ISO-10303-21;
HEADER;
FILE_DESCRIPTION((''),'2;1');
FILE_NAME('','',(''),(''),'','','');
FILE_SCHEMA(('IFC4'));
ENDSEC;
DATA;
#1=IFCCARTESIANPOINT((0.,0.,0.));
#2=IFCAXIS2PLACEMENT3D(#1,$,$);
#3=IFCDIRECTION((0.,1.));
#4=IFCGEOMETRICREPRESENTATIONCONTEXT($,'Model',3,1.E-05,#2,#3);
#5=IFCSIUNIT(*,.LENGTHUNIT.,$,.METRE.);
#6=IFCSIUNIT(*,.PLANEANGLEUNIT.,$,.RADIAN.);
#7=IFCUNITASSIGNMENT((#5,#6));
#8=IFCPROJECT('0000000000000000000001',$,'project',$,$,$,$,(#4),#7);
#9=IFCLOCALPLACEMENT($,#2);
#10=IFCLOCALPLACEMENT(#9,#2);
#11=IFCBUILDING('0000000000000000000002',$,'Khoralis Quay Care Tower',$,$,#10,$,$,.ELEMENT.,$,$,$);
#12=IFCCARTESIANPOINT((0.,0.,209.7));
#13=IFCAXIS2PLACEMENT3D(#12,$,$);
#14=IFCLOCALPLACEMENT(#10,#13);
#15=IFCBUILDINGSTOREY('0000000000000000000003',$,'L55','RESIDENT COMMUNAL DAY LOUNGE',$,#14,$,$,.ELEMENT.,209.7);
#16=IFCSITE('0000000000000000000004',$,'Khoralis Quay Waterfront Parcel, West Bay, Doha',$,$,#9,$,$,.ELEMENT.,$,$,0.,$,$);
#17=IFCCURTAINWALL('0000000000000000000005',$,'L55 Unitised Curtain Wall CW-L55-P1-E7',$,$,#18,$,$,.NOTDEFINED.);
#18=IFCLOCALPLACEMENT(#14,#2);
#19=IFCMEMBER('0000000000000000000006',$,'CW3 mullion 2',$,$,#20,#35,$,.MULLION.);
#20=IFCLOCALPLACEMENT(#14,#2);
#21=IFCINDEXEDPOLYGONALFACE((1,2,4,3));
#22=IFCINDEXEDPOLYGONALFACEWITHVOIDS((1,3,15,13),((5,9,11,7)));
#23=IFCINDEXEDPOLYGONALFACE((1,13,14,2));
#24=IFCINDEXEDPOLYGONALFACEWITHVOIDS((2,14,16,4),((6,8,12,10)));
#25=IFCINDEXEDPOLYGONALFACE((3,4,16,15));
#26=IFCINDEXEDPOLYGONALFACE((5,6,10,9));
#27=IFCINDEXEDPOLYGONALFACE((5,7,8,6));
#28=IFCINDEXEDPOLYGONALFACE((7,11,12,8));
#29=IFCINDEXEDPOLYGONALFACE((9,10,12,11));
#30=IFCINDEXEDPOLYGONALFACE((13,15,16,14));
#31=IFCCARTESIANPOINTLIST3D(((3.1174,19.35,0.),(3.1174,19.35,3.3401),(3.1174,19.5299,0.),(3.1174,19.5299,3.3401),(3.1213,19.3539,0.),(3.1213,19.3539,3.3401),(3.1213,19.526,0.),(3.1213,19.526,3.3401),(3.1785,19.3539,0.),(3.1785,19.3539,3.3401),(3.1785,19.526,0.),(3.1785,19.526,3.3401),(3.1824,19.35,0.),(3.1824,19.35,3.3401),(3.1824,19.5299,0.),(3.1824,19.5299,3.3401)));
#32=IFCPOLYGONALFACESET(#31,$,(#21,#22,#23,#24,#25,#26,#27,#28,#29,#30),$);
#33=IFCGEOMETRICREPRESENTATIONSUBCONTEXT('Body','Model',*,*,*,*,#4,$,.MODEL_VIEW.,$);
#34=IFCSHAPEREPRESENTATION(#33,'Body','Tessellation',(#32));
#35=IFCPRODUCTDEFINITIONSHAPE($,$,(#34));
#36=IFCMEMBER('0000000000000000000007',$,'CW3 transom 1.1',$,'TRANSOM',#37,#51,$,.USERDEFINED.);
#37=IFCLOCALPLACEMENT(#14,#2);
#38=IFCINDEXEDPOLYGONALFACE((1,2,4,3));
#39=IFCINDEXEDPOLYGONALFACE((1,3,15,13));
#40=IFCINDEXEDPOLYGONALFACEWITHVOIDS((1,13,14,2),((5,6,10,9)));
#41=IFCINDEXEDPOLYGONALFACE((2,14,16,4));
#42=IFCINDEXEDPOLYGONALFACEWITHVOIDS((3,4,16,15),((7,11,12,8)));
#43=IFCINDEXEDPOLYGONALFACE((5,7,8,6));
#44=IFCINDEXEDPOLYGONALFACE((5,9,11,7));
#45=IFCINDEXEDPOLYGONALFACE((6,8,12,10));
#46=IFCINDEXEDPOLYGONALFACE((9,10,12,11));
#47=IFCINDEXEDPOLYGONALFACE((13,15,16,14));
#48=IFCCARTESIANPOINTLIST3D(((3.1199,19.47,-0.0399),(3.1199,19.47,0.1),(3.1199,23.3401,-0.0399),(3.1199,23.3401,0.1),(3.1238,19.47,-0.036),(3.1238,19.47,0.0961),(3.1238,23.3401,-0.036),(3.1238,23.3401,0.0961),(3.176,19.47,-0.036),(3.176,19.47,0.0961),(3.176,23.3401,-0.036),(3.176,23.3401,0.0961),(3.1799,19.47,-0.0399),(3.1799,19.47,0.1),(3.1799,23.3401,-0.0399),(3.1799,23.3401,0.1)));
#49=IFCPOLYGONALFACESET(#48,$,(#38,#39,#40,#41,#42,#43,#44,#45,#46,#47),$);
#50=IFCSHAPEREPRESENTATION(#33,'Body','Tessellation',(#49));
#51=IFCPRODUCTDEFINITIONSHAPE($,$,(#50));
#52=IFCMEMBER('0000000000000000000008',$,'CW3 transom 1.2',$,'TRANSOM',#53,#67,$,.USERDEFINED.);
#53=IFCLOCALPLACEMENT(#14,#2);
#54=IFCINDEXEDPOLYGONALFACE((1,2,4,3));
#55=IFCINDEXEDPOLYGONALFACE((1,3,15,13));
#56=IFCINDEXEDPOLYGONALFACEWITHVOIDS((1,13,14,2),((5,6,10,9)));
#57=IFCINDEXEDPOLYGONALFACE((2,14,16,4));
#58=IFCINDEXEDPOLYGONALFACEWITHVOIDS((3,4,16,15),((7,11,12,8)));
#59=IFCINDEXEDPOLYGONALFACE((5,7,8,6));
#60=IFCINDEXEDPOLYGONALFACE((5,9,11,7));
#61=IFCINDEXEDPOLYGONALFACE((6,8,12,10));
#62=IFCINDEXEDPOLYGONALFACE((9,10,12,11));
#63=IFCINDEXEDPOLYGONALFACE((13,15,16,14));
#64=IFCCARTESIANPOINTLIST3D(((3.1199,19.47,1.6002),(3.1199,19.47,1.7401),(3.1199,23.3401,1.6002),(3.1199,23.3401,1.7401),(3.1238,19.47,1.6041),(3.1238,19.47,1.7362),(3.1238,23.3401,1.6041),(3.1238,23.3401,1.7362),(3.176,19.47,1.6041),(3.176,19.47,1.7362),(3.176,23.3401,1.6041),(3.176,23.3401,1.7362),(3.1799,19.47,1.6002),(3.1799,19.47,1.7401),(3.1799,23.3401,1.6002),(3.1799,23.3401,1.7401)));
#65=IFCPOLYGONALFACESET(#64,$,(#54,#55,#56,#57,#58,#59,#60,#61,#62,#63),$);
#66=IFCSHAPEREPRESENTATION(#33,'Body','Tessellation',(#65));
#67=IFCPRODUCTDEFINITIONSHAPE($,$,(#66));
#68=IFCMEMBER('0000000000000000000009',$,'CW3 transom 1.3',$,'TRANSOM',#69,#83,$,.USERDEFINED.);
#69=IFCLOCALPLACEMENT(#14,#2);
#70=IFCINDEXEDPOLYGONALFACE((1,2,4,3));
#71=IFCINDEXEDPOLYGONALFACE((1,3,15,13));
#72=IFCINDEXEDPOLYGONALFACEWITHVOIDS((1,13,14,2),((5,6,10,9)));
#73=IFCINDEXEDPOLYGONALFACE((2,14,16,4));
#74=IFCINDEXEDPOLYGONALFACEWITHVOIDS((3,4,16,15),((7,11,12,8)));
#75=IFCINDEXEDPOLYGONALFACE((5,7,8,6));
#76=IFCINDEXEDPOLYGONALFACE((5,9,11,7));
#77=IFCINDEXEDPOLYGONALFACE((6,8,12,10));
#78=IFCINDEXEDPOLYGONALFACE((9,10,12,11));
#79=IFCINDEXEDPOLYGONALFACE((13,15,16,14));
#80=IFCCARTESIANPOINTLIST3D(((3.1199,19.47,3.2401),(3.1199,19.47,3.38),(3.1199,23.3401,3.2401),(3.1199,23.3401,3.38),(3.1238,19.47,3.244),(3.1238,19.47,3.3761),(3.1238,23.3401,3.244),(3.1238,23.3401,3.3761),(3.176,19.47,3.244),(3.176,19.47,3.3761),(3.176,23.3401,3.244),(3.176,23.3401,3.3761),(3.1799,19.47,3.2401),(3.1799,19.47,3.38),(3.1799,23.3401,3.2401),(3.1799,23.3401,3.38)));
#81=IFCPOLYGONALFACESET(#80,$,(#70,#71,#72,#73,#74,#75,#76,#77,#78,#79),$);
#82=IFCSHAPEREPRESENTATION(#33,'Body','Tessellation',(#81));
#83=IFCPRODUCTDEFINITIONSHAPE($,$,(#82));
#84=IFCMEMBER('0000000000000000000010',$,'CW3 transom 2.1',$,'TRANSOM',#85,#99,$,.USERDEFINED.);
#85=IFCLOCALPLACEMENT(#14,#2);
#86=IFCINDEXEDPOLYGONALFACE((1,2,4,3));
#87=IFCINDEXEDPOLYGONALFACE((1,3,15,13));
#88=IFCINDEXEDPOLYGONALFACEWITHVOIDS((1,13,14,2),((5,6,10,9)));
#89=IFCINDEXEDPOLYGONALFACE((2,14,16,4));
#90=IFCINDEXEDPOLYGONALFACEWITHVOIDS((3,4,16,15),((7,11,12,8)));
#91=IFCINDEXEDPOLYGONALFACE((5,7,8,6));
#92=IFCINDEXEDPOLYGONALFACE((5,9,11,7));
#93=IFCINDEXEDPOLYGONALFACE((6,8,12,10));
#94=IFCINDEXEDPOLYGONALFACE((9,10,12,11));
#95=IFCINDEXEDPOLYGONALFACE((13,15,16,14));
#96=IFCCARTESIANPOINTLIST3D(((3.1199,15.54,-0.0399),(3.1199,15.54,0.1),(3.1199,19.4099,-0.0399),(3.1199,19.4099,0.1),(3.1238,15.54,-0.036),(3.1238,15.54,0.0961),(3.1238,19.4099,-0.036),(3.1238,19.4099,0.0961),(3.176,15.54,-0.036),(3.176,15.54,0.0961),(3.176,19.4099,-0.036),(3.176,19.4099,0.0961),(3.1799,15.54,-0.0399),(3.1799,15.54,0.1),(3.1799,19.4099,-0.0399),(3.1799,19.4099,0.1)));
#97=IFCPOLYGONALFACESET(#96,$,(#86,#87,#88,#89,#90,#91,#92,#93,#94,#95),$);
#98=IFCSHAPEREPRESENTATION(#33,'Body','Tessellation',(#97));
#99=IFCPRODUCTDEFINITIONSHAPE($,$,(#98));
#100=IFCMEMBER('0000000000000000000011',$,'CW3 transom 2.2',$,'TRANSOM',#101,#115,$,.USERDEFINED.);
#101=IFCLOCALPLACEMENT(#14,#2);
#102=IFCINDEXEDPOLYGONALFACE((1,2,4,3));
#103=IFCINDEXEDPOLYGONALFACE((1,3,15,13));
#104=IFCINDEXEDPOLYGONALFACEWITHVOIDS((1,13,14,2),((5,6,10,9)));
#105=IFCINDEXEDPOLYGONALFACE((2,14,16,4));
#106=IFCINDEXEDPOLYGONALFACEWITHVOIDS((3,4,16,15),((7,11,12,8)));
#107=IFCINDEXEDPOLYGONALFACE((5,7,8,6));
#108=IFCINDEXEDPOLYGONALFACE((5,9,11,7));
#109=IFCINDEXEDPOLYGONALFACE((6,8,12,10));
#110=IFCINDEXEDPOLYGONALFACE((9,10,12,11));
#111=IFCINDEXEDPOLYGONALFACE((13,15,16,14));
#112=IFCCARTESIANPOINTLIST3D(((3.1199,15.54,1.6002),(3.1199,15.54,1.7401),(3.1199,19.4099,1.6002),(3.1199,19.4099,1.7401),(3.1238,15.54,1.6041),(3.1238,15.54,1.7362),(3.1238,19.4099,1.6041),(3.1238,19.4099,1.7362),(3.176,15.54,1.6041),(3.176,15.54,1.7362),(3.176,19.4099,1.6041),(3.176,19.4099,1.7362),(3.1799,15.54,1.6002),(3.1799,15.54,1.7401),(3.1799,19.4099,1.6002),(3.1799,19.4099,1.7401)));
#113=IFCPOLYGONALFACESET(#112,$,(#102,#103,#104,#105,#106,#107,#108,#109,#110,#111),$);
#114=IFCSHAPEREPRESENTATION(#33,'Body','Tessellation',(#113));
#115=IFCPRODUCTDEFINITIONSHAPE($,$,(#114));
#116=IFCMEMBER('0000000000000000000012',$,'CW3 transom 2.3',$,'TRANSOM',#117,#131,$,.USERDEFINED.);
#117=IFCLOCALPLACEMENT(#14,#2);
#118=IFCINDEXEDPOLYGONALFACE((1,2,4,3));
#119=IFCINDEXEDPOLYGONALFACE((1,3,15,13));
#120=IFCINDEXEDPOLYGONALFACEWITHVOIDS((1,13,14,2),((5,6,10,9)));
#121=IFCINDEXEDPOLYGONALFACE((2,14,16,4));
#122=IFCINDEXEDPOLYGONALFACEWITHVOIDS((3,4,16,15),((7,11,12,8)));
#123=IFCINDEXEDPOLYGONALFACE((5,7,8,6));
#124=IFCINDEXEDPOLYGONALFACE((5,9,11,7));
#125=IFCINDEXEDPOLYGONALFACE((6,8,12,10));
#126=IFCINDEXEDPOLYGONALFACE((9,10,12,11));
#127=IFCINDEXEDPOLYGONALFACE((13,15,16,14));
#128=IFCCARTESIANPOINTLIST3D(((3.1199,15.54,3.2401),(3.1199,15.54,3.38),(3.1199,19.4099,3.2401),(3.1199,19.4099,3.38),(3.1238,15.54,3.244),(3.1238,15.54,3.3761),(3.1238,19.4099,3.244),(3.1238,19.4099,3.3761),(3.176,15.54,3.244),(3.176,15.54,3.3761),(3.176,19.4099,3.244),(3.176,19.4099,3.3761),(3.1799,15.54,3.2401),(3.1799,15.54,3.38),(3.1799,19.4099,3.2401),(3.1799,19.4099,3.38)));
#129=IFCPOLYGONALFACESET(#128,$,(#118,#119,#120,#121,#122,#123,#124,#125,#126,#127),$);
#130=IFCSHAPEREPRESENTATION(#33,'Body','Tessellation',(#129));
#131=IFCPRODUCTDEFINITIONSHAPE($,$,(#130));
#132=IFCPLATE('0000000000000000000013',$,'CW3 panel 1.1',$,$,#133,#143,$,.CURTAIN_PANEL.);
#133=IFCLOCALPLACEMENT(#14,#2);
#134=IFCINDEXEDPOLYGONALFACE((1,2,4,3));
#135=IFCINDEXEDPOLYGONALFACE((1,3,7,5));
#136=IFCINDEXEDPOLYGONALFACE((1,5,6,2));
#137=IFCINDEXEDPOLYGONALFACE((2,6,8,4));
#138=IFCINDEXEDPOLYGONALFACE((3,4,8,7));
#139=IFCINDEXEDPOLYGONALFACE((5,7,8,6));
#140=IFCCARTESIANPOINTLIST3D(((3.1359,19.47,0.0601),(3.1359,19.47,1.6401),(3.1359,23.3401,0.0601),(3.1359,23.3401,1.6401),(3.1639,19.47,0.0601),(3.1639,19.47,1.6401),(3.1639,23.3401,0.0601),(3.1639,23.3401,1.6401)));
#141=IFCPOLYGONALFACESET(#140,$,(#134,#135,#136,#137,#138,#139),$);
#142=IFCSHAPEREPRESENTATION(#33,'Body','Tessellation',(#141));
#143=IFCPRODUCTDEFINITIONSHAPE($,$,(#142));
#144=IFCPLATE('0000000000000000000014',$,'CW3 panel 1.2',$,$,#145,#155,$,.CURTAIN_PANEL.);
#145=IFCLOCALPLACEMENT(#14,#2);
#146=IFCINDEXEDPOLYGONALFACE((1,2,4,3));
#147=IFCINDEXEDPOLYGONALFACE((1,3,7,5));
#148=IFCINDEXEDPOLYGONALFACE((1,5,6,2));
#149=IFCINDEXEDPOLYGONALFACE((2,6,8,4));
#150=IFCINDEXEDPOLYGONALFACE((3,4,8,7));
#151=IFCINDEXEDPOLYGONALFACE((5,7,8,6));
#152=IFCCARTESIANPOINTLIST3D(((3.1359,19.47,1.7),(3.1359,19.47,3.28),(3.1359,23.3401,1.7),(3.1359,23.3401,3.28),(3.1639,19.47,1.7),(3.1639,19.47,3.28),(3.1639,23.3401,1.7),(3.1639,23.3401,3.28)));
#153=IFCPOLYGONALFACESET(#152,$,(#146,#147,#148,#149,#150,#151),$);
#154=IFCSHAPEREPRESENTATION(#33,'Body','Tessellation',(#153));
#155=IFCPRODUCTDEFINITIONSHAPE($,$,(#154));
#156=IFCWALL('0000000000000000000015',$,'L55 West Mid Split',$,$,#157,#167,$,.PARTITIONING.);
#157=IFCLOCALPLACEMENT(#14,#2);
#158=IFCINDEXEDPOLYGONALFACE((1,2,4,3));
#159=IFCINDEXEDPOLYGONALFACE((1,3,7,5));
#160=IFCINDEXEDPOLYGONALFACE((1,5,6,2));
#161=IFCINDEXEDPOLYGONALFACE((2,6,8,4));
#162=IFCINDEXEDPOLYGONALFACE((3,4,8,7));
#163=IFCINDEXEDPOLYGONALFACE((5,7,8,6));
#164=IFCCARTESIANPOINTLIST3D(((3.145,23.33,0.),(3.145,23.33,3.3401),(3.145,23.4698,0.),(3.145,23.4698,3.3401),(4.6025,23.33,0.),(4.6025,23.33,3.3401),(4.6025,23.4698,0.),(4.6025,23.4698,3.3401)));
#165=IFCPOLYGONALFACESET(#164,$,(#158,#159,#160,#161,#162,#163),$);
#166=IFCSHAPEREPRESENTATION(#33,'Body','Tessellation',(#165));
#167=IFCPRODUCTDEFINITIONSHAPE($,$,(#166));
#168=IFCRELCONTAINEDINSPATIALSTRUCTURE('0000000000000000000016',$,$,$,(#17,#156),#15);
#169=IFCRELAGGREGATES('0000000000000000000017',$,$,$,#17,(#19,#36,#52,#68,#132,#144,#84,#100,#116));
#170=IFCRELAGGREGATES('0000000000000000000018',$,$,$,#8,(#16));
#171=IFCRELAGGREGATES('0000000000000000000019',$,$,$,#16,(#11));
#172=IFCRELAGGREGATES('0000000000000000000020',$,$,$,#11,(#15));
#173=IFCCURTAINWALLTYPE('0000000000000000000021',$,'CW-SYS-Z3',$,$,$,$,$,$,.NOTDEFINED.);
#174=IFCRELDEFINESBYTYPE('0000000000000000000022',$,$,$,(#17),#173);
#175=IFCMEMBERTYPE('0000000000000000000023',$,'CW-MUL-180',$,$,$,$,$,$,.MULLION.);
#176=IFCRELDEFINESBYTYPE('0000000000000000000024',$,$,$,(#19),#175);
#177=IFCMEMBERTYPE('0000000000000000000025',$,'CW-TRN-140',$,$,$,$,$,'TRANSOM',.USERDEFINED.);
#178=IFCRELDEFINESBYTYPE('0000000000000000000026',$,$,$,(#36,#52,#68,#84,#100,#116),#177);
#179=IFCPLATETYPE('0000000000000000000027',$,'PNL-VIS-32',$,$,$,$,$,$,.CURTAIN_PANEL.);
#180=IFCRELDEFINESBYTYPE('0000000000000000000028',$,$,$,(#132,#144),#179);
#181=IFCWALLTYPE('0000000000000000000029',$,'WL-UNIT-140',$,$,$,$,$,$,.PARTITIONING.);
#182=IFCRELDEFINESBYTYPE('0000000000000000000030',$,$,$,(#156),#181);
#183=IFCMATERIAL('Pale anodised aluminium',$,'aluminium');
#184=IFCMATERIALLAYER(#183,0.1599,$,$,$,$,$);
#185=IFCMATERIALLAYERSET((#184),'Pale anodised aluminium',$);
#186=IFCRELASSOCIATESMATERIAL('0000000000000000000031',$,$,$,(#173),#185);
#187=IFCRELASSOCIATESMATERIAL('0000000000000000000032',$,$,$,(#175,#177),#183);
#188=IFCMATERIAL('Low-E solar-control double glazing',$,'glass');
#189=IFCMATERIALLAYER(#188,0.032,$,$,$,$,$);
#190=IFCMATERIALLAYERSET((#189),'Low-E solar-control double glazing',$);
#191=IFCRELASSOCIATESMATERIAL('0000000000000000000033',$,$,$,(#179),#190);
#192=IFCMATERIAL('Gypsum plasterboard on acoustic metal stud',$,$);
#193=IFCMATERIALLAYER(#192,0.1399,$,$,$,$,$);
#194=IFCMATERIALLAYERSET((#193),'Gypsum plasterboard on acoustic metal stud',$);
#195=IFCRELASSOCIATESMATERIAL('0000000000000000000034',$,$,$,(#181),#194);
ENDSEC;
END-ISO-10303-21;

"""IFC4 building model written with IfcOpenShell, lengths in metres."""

from ifc_helpers import new_model, si_unit, direction, frame, frame_2d, origin, origin_2d, place, context, subcontext, project, spatial, rectangle, hollow_rectangle, extrude, source, transform, mapped, material, layer, layer_set, material_profile, profile_set, type_object, element, aggregate, save


model = new_model("IFC4")

# Units and contexts
model_context = context("Model", 3, precision=1e-05, world=origin(), true_north=direction((0.0, 1.0)))
body_context = subcontext(model_context, "Body", "Model", "MODEL_VIEW")
ifc_project = project(units=[si_unit("LENGTHUNIT", "METRE"), si_unit("PLANEANGLEUNIT", "RADIAN")], contexts=[model_context])

# Site, building, storey
site_placement = place(None, origin())
site = spatial("IfcSite", under=ifc_project, at=site_placement, Name="Khoralis Quay Waterfront Parcel, West Bay, Doha", CompositionType="ELEMENT", RefElevation=0.0)
building_placement = place(site_placement, origin())
building = spatial("IfcBuilding", under=site, at=building_placement, Name="Khoralis Quay Care Tower", CompositionType="ELEMENT")
storey_placement = place(building_placement, frame((0.0, 0.0, 209.7)))
storey = spatial("IfcBuildingStorey", under=building, at=storey_placement, Name="L55", Description="RESIDENT COMMUNAL DAY LOUNGE", CompositionType="ELEMENT", Elevation=209.7)

# Curtain wall, members, plates
ifc_material_1 = material(Name="Pale anodised aluminium", Category="aluminium")
ifc_layer_1 = layer(ifc_material_1, 0.1599)
ifc_layer_set_1 = layer_set([ifc_layer_1], Name="Pale anodised aluminium")
curtain_wall_type = type_object("IfcCurtainWallType", Name="CW-SYS-Z3", PredefinedType="NOTDEFINED", material=ifc_layer_set_1)
curtain_wall_placement = place(storey_placement, origin())
curtain_wall = element("IfcCurtainWall", 1, at=curtain_wall_placement, inside=storey, type_object=curtain_wall_type, Name="L55 Unitised Curtain Wall CW-L55-P1-E7", PredefinedType="NOTDEFINED")
ifc_material_profile_1 = material_profile(ifc_material_1, hollow_rectangle(XDim=0.0649, YDim=0.1799, WallThickness=0.0039, at=origin_2d()), Name="Pale anodised aluminium")
ifc_profile_set_1 = profile_set([ifc_material_profile_1], Name="Pale anodised aluminium")
member_type_1 = type_object("IfcMemberType", Name="CW-MUL-180", PredefinedType="MULLION", material=ifc_profile_set_1)
shared_shape_1 = source(origin(), body_context, "Body", "SweptSolid", [
    extrude(hollow_rectangle(XDim=0.0649, YDim=0.1799, WallThickness=0.0039, at=origin_2d()), origin(), (0.0, 0.0, 1.0), 3.3401),
])
member_1_placement = place(storey_placement, frame((3.1499, 19.4399, 0.0), z_axis=(0.0, 0.0, 1.0), x_axis=(1.0, 0.0, 0.0)))
member_1 = element("IfcMember", 2, at=member_1_placement, type_object=member_type_1, Name="CW3 mullion 2", PredefinedType="MULLION", context=body_context, shape_type="MappedRepresentation", body=[
    mapped(shared_shape_1, transform((0.0, 0.0, 0.0), scale=1.0)),
])
ifc_material_profile_2 = material_profile(ifc_material_1, hollow_rectangle(XDim=0.0601, YDim=0.1399, WallThickness=0.0039, at=origin_2d()), Name="Pale anodised aluminium")
ifc_profile_set_2 = profile_set([ifc_material_profile_2], Name="Pale anodised aluminium")
member_type_2 = type_object("IfcMemberType", Name="CW-TRN-140", ElementType="TRANSOM", PredefinedType="USERDEFINED", material=ifc_profile_set_2)
shared_shape_2 = source(origin(), body_context, "Body", "SweptSolid", [
    extrude(hollow_rectangle(XDim=0.0601, YDim=0.1399, WallThickness=0.0039, at=origin_2d()), origin(), (0.0, 0.0, 1.0), 3.8701),
])
member_2_placement = place(storey_placement, frame((3.1499, 23.3401, 0.03), z_axis=(0.0, -1.0, 0.0), x_axis=(1.0, 0.0, 0.0)))
member_2 = element("IfcMember", 3, at=member_2_placement, type_object=member_type_2, Name="CW3 transom 1.1", ObjectType="TRANSOM", PredefinedType="USERDEFINED", context=body_context, shape_type="MappedRepresentation", body=[
    mapped(shared_shape_2, transform((0.0, 0.0, 0.0), scale=1.0)),
])
member_3_placement = place(storey_placement, frame((3.1499, 23.3401, 1.6702), z_axis=(0.0, -1.0, 0.0), x_axis=(1.0, 0.0, 0.0)))
member_3 = element("IfcMember", 4, at=member_3_placement, type_object=member_type_2, Name="CW3 transom 1.2", ObjectType="TRANSOM", PredefinedType="USERDEFINED", context=body_context, shape_type="MappedRepresentation", body=[
    mapped(shared_shape_2, transform((0.0, 0.0, 0.0), scale=1.0)),
])
member_4_placement = place(storey_placement, frame((3.1499, 23.3401, 3.3101), z_axis=(0.0, -1.0, 0.0), x_axis=(1.0, 0.0, 0.0)))
member_4 = element("IfcMember", 5, at=member_4_placement, type_object=member_type_2, Name="CW3 transom 1.3", ObjectType="TRANSOM", PredefinedType="USERDEFINED", context=body_context, shape_type="MappedRepresentation", body=[
    mapped(shared_shape_2, transform((0.0, 0.0, 0.0), scale=1.0)),
])
shared_shape_3 = source(origin(), body_context, "Body", "SweptSolid", [
    extrude(hollow_rectangle(XDim=0.0601, YDim=0.1399, WallThickness=0.0039, at=origin_2d()), origin(), (0.0, 0.0, 1.0), 3.8699),
])
member_5_placement = place(storey_placement, frame((3.1499, 19.4099, 0.03), z_axis=(0.0, -1.0, 0.0), x_axis=(1.0, 0.0, 0.0)))
member_5 = element("IfcMember", 6, at=member_5_placement, type_object=member_type_2, Name="CW3 transom 2.1", ObjectType="TRANSOM", PredefinedType="USERDEFINED", context=body_context, shape_type="MappedRepresentation", body=[
    mapped(shared_shape_3, transform((0.0, 0.0, 0.0), scale=1.0)),
])
member_6_placement = place(storey_placement, frame((3.1499, 19.4099, 1.6702), z_axis=(0.0, -1.0, 0.0), x_axis=(1.0, 0.0, 0.0)))
member_6 = element("IfcMember", 7, at=member_6_placement, type_object=member_type_2, Name="CW3 transom 2.2", ObjectType="TRANSOM", PredefinedType="USERDEFINED", context=body_context, shape_type="MappedRepresentation", body=[
    mapped(shared_shape_3, transform((0.0, 0.0, 0.0), scale=1.0)),
])
member_7_placement = place(storey_placement, frame((3.1499, 19.4099, 3.3101), z_axis=(0.0, -1.0, 0.0), x_axis=(1.0, 0.0, 0.0)))
member_7 = element("IfcMember", 8, at=member_7_placement, type_object=member_type_2, Name="CW3 transom 2.3", ObjectType="TRANSOM", PredefinedType="USERDEFINED", context=body_context, shape_type="MappedRepresentation", body=[
    mapped(shared_shape_3, transform((0.0, 0.0, 0.0), scale=1.0)),
])
ifc_material_2 = material(Name="Low-E solar-control double glazing", Category="glass")
ifc_layer_2 = layer(ifc_material_2, 0.032)
ifc_layer_set_2 = layer_set([ifc_layer_2], Name="Low-E solar-control double glazing")
plate_type = type_object("IfcPlateType", Name="PNL-VIS-32", PredefinedType="CURTAIN_PANEL", material=ifc_layer_set_2)
shared_shape_4 = source(origin(), body_context, "Body", "SweptSolid", [
    extrude(rectangle(XDim=3.8701, YDim=0.0281, at=origin_2d()), origin(), (0.0, 0.0, 1.0), 1.5801),
])
plate_1_placement = place(storey_placement, frame((3.1499, 21.405, 0.0601), z_axis=(0.0, 0.0, 1.0), x_axis=(0.0, -1.0, 0.0)))
plate_1 = element("IfcPlate", 9, at=plate_1_placement, type_object=plate_type, Name="CW3 panel 1.1", PredefinedType="CURTAIN_PANEL", context=body_context, shape_type="MappedRepresentation", body=[
    mapped(shared_shape_4, transform((0.0, 0.0, 0.0), scale=1.0)),
])
plate_2_placement = place(storey_placement, frame((3.1499, 21.405, 1.7), z_axis=(0.0, 0.0, 1.0), x_axis=(0.0, -1.0, 0.0)))
plate_2 = element("IfcPlate", 10, at=plate_2_placement, type_object=plate_type, Name="CW3 panel 1.2", PredefinedType="CURTAIN_PANEL", context=body_context, shape_type="MappedRepresentation", body=[
    mapped(shared_shape_4, transform((0.0, 0.0, 0.0), scale=1.0)),
])
aggregate(curtain_wall, [member_1, member_2, member_3, member_4, plate_1, plate_2, member_5, member_6, member_7])

# Wall
ifc_material_3 = material(Name="Gypsum plasterboard on acoustic metal stud")
ifc_layer_3 = layer(ifc_material_3, 0.1399)
ifc_layer_set_3 = layer_set([ifc_layer_3], Name="Gypsum plasterboard on acoustic metal stud")
wall_type = type_object("IfcWallType", Name="WL-UNIT-140", PredefinedType="PARTITIONING", material=ifc_layer_set_3)
wall_placement = place(storey_placement, frame((3.145, 23.3999, 0.0), z_axis=(0.0, 0.0, 1.0), x_axis=(1.0, 0.0, 0.0)))
element("IfcWall", 11, at=wall_placement, inside=storey, type_object=wall_type, Name="L55 West Mid Split", PredefinedType="PARTITIONING", context=body_context, shape_type="SweptSolid", body=[
    extrude(rectangle(XDim=1.4575, YDim=0.1399, at=frame_2d((0.7288, 0.0))), origin(), (0.0, 0.0, 1.0), 3.3401),
])

save(model, "model.ifc")
